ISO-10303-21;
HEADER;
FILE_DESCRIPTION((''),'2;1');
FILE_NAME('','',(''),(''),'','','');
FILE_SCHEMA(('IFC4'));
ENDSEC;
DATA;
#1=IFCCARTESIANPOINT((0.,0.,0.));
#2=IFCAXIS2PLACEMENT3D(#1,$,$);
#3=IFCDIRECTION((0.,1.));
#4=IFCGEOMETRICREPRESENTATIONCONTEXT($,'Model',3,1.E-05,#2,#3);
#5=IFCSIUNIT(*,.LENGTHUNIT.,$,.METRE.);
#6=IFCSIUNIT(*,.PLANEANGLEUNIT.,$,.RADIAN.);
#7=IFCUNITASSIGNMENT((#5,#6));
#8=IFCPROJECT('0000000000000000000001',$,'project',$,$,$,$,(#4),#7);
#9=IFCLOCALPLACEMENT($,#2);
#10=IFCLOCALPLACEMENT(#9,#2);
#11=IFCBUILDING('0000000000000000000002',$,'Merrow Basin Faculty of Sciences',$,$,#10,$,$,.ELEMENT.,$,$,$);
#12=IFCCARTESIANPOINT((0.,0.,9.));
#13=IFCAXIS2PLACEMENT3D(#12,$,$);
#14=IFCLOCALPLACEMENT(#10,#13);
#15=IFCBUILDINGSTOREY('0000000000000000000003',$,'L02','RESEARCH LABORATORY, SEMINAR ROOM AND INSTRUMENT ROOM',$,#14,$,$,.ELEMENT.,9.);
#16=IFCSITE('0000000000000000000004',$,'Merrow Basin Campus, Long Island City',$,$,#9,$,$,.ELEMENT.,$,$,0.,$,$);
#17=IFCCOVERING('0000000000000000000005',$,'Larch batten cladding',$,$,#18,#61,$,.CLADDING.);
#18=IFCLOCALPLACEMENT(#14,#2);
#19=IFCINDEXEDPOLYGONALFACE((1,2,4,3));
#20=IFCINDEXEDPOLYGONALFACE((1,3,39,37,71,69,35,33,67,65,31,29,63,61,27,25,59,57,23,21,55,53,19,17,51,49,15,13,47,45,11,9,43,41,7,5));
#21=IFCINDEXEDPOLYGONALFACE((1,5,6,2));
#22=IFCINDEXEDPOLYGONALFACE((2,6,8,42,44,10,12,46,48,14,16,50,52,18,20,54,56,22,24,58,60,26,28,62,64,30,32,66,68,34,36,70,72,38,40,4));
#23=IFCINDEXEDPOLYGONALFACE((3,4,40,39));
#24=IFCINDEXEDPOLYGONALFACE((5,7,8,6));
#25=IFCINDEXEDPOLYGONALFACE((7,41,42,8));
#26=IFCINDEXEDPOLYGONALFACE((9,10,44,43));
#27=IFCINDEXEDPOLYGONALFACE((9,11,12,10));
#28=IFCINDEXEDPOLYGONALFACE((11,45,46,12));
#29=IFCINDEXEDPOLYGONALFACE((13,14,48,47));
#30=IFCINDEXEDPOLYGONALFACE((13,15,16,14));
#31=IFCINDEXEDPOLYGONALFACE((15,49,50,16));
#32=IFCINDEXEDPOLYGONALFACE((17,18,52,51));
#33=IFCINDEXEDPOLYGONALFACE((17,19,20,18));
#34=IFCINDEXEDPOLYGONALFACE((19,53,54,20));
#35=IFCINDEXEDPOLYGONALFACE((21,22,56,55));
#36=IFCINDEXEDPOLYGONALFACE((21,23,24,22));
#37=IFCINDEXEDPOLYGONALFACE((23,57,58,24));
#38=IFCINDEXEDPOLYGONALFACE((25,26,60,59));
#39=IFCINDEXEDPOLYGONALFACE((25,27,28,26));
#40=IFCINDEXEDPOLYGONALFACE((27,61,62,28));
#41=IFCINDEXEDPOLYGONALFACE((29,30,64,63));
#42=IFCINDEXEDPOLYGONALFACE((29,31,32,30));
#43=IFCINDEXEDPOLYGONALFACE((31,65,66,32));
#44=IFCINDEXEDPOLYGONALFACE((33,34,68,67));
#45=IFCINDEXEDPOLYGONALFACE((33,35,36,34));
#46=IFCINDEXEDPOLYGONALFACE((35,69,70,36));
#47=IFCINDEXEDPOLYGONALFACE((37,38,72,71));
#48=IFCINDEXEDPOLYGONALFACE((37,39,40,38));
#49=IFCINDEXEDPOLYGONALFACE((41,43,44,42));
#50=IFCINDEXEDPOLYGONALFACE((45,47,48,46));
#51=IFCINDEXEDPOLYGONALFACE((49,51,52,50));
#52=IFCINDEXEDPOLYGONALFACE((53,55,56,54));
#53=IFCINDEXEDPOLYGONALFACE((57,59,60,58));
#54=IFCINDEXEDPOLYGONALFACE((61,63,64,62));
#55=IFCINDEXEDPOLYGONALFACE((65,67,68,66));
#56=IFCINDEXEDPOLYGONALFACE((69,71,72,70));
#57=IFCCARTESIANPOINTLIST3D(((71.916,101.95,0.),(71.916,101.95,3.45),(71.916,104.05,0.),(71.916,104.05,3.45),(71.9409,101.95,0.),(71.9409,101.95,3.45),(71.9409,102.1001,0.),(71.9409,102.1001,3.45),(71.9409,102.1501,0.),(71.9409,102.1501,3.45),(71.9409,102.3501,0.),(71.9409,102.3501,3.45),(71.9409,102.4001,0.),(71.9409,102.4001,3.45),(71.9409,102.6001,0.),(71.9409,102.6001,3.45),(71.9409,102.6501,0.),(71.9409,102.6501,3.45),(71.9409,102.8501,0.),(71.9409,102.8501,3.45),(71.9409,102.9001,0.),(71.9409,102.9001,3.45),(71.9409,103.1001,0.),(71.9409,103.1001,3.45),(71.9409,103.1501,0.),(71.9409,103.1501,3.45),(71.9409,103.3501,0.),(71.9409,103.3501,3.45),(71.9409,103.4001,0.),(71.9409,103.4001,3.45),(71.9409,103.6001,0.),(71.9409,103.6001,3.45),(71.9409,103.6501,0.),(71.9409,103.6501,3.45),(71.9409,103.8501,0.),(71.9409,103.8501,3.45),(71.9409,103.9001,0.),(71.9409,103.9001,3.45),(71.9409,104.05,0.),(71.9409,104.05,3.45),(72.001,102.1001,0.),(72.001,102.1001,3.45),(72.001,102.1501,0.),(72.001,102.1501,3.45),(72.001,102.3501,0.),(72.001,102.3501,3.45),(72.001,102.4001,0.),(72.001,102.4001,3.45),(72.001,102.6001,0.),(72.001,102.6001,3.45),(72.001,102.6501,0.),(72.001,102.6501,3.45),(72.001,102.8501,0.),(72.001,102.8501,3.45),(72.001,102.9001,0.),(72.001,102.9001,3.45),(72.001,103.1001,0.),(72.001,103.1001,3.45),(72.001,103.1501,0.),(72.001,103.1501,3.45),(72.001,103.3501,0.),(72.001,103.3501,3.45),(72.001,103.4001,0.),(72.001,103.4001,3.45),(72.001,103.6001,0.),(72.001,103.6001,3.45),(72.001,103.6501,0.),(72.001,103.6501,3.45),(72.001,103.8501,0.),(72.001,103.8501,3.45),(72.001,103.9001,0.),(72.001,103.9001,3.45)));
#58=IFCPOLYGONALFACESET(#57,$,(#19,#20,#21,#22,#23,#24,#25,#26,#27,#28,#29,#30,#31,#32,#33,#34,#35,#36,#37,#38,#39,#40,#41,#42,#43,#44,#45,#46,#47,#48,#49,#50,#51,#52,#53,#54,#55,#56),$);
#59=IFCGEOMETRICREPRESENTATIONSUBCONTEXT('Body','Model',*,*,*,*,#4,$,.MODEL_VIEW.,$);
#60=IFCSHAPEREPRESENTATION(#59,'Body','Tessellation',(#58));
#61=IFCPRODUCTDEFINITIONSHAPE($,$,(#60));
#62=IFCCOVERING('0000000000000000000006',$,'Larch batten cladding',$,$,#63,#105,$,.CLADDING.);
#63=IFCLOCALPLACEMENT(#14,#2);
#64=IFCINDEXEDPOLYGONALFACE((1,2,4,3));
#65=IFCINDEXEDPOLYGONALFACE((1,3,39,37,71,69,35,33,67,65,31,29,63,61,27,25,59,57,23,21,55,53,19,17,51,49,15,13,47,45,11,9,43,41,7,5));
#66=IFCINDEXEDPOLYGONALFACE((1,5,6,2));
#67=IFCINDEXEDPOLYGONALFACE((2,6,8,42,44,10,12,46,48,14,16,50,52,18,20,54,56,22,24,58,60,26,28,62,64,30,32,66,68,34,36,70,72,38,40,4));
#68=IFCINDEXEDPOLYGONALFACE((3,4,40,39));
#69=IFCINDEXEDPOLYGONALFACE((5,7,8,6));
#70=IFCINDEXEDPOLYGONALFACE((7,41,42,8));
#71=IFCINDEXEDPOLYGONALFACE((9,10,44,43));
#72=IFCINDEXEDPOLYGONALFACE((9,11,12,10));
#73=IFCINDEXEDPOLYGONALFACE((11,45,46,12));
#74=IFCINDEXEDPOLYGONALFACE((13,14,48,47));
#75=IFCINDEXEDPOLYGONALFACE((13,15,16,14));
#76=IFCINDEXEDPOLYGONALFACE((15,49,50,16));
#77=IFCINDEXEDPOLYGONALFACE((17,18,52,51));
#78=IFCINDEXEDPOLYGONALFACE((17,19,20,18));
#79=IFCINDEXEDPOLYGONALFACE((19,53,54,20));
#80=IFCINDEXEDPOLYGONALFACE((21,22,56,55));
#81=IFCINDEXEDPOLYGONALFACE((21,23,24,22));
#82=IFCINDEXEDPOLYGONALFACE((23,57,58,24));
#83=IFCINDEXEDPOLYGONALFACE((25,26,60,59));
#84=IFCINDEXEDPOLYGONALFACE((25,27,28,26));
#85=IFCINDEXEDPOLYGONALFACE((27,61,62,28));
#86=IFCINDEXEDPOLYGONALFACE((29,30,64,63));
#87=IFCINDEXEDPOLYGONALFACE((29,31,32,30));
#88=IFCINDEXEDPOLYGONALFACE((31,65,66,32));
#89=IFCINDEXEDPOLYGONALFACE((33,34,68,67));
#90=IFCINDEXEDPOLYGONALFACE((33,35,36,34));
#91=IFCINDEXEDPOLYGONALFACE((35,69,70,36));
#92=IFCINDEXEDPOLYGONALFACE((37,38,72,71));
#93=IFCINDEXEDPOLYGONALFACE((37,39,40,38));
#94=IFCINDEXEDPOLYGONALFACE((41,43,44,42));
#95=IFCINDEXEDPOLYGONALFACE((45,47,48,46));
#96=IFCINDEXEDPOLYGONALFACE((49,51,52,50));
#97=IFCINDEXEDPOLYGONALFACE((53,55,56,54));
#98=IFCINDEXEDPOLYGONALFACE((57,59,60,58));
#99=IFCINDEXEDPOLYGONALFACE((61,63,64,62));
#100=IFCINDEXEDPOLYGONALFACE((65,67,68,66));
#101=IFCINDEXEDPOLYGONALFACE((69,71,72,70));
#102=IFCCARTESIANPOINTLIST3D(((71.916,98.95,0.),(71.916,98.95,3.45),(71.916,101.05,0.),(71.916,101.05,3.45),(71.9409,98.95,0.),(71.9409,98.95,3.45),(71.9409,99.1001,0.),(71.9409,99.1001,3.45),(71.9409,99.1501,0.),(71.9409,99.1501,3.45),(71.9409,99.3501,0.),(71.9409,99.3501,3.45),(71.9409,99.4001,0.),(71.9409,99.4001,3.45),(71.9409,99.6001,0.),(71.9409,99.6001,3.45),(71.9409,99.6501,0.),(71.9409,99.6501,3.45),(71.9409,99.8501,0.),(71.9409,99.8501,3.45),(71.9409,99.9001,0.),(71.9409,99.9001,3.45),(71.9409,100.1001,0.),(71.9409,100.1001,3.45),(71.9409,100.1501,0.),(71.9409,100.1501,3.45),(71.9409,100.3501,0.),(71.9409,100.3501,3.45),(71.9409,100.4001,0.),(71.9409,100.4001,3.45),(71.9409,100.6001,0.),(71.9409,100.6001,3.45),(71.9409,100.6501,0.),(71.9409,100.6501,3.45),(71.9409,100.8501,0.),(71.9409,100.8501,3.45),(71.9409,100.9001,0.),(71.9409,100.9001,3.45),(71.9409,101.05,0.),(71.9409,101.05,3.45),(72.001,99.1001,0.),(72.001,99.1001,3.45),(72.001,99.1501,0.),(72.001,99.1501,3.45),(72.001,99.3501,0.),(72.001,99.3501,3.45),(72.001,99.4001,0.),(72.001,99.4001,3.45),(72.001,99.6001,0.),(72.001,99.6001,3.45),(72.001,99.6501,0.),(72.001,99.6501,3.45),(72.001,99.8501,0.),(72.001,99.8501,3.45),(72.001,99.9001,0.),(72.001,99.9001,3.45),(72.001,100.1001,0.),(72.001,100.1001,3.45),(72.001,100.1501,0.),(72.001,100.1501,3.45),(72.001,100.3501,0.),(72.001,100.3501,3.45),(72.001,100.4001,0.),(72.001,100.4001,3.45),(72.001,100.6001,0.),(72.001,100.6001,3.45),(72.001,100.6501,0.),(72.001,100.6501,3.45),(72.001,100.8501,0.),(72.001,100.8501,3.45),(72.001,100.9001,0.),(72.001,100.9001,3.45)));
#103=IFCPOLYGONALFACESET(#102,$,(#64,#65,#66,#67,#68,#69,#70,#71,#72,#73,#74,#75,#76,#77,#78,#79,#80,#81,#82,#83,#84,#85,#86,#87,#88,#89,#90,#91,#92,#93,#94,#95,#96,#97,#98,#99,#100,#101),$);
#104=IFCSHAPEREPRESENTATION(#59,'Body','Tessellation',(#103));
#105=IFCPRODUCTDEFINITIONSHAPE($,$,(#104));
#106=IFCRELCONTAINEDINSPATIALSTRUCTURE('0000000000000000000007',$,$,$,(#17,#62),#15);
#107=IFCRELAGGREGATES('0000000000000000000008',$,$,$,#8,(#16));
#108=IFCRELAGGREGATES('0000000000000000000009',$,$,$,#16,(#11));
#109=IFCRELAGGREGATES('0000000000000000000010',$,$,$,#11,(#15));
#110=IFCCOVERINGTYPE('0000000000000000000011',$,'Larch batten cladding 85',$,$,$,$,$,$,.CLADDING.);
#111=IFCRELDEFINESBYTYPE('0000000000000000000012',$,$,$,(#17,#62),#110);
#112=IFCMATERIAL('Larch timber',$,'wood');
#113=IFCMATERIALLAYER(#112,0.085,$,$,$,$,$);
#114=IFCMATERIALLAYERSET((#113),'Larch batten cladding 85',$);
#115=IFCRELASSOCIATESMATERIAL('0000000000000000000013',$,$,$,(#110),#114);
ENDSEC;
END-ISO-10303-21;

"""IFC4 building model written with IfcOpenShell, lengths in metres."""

from ifc_helpers import new_model, si_unit, direction, frame, origin, place, context, subcontext, project, spatial, polyline, outline, extrude, source, transform, mapped, material, layer, layer_set, type_object, element, save


model = new_model("IFC4")

# Units and contexts
model_context = context("Model", 3, precision=1e-05, world=origin(), true_north=direction((0.0, 1.0)))
body_context = subcontext(model_context, "Body", "Model", "MODEL_VIEW")
ifc_project = project(units=[si_unit("LENGTHUNIT", "METRE"), si_unit("PLANEANGLEUNIT", "RADIAN")], contexts=[model_context])

# Site, building, storey
site_placement = place(None, origin())
site = spatial("IfcSite", under=ifc_project, at=site_placement, Name="Merrow Basin Campus, Long Island City", CompositionType="ELEMENT", RefElevation=0.0)
building_placement = place(site_placement, origin())
building = spatial("IfcBuilding", under=site, at=building_placement, Name="Merrow Basin Faculty of Sciences", CompositionType="ELEMENT")
storey_placement = place(building_placement, frame((0.0, 0.0, 9.0)))
storey = spatial("IfcBuildingStorey", under=building, at=storey_placement, Name="L02", Description="RESEARCH LABORATORY, SEMINAR ROOM AND INSTRUMENT ROOM", CompositionType="ELEMENT", Elevation=9.0)

# Coverings
ifc_material_1 = material(Name="Larch timber", Category="wood")
ifc_layer_1 = layer(ifc_material_1, 0.085)
ifc_layer_set_1 = layer_set([ifc_layer_1], Name="Larch batten cladding 85")
covering_type = type_object("IfcCoveringType", Name="Larch batten cladding 85", PredefinedType="CLADDING", material=ifc_layer_set_1)
shared_shape_1 = source(origin(), body_context, "Body", "SweptSolid", [
    extrude(outline(polyline([(0.0, 0.0), (2.1001, 0.0), (2.1001, 0.0249), (1.95, 0.0249), (1.95, 0.085), (1.8999, 0.085), (1.8999, 0.0249), (1.7, 0.0249), (1.7, 0.085), (1.6499, 0.085), (1.6499, 0.0249), (1.45, 0.0249), (1.45, 0.085), (1.3999, 0.085), (1.3999, 0.0249), (1.2, 0.0249), (1.2, 0.085), (1.1499, 0.085), (1.1499, 0.0249), (0.95, 0.0249), (0.95, 0.085), (0.8999, 0.085), (0.8999, 0.0249), (0.7, 0.0249), (0.7, 0.085), (0.6499, 0.085), (0.6499, 0.0249), (0.45, 0.0249), (0.45, 0.085), (0.3999, 0.085), (0.3999, 0.0249), (0.2, 0.0249), (0.2, 0.085), (0.1499, 0.085), (0.1499, 0.0249), (0.0, 0.0249), (0.0, 0.0)])), origin(), (0.0, 0.0, 1.0), 3.45),
])
for number, where, z_axis, x_axis, name in (
    (1, (71.916, 104.05, 0.0), (0.0, 0.0, 1.0), (0.0, -1.0, 0.0), "Larch batten cladding"),
    (2, (71.916, 101.05, 0.0), (0.0, 0.0, 1.0), (0.0, -1.0, 0.0), "Larch batten cladding"),
):
    element("IfcCovering", number, at=place(storey_placement, frame(where, z_axis=z_axis, x_axis=x_axis)), inside=storey, type_object=covering_type, Name=name, PredefinedType="CLADDING", context=body_context, shape_type="MappedRepresentation", body=[
        mapped(shared_shape_1, transform((0.0, 0.0, 0.0), scale=1.0)),
    ])

save(model, "model.ifc")
